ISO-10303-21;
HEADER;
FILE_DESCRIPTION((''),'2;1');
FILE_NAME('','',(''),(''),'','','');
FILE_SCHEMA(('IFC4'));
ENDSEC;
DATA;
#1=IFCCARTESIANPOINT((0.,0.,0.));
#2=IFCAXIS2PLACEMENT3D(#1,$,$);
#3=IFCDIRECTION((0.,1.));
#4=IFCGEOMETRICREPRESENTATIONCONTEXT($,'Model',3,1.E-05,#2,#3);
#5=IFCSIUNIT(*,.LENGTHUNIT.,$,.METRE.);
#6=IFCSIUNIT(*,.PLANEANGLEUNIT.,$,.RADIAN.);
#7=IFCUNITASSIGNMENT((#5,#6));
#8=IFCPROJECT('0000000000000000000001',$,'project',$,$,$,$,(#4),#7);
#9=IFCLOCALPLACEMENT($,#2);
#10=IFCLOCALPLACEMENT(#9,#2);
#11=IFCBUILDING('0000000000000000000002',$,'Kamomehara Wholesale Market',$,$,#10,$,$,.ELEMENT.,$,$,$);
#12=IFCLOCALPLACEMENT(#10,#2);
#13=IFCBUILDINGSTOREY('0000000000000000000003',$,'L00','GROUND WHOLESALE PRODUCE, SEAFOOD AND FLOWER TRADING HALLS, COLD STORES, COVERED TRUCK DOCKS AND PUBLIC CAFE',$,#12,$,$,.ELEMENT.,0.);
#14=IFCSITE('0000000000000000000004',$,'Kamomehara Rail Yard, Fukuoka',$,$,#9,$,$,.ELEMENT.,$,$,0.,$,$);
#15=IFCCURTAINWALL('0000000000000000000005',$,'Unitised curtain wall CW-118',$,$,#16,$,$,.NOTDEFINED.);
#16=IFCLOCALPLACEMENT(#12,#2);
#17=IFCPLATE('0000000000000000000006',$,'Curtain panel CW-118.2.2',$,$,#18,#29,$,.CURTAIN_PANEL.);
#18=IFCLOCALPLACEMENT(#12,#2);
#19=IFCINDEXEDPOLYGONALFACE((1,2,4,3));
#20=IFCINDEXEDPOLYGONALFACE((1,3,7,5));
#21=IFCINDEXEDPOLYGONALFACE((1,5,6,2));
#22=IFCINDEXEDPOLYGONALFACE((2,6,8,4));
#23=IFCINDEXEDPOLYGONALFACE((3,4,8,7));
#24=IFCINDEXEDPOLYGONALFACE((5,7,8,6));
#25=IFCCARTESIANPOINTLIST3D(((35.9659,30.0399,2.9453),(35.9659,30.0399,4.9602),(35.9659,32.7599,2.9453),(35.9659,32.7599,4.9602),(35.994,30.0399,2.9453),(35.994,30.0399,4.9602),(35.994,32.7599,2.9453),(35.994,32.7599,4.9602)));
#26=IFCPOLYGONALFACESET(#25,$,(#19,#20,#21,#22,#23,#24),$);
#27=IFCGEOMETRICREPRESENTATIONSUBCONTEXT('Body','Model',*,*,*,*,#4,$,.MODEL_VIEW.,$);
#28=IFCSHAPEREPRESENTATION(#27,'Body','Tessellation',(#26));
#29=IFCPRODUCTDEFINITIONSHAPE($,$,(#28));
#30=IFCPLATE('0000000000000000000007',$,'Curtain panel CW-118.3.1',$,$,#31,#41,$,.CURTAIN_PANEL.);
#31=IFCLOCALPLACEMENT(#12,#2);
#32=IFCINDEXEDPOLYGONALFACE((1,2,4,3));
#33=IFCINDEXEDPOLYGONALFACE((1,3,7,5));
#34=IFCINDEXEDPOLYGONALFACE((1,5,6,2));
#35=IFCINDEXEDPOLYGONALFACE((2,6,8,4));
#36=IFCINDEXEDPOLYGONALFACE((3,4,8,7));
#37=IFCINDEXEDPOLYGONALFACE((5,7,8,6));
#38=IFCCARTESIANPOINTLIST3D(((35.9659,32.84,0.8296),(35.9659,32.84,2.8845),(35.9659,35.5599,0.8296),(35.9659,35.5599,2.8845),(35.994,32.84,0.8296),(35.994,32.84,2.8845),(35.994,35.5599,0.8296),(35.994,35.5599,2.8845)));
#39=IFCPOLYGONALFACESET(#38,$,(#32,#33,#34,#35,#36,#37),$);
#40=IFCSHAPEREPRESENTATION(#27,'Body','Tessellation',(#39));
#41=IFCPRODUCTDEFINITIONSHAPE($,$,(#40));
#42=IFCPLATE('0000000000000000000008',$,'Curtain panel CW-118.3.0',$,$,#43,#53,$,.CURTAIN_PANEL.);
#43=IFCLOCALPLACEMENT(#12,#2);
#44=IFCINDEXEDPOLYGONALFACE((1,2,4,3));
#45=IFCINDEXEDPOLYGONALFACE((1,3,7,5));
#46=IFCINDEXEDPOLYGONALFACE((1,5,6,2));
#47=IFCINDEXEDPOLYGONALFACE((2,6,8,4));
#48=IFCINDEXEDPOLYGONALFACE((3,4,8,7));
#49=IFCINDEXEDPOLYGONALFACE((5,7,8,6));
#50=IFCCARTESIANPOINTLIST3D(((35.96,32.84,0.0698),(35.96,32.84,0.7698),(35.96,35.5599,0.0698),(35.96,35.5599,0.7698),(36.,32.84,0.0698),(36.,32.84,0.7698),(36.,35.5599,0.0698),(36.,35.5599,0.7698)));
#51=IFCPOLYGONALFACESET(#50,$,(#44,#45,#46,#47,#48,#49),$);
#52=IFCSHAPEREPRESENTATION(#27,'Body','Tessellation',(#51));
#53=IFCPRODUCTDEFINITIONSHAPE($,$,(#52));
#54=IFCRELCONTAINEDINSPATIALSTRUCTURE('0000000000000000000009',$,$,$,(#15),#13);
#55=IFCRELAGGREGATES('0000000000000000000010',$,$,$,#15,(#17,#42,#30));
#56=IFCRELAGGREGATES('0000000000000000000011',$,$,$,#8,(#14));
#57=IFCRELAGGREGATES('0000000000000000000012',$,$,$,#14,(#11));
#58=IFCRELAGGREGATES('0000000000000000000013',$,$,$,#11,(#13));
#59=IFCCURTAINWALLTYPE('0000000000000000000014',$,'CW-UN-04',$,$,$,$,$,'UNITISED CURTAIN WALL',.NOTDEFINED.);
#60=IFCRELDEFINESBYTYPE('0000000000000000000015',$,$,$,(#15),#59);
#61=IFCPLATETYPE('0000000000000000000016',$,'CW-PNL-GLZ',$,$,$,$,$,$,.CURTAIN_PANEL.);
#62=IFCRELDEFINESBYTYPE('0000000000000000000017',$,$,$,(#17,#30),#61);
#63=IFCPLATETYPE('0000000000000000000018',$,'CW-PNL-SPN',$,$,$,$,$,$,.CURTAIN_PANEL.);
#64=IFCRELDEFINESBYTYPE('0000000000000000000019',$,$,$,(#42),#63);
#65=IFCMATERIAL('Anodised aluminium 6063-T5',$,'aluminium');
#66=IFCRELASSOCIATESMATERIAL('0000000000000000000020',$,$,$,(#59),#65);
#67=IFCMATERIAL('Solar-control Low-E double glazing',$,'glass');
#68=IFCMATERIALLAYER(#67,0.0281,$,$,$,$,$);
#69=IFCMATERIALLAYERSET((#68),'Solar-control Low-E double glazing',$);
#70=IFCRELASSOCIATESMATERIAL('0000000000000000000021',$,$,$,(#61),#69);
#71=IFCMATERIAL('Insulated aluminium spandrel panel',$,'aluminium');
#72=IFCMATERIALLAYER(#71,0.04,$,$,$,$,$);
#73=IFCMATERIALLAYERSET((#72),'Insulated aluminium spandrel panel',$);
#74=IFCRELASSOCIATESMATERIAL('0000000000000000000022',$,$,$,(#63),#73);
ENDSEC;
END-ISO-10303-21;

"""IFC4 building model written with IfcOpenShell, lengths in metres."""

from ifc_helpers import new_model, si_unit, direction, frame, origin, origin_2d, place, context, subcontext, project, spatial, rectangle, extrude, material, layer, layer_set, type_object, element, aggregate, save


model = new_model("IFC4")

# Units and contexts
model_context = context("Model", 3, precision=1e-05, world=origin(), true_north=direction((0.0, 1.0)))
body_context = subcontext(model_context, "Body", "Model", "MODEL_VIEW")
ifc_project = project(units=[si_unit("LENGTHUNIT", "METRE"), si_unit("PLANEANGLEUNIT", "RADIAN")], contexts=[model_context])

# Site, building, storey
site_placement = place(None, origin())
site = spatial("IfcSite", under=ifc_project, at=site_placement, Name="Kamomehara Rail Yard, Fukuoka", CompositionType="ELEMENT", RefElevation=0.0)
building_placement = place(site_placement, origin())
building = spatial("IfcBuilding", under=site, at=building_placement, Name="Kamomehara Wholesale Market", CompositionType="ELEMENT")
storey_placement = place(building_placement, origin())
storey = spatial("IfcBuildingStorey", under=building, at=storey_placement, Name="L00", Description="GROUND WHOLESALE PRODUCE, SEAFOOD AND FLOWER TRADING HALLS, COLD STORES, COVERED TRUCK DOCKS AND PUBLIC CAFE", CompositionType="ELEMENT", Elevation=0.0)

# Curtain wall
ifc_material_1 = material(Name="Anodised aluminium 6063-T5", Category="aluminium")
curtain_wall_type = type_object("IfcCurtainWallType", Name="CW-UN-04", ElementType="UNITISED CURTAIN WALL", PredefinedType="NOTDEFINED", material=ifc_material_1)
curtain_wall_1_placement = place(storey_placement, origin())
curtain_wall_1 = element("IfcCurtainWall", 1, at=curtain_wall_1_placement, inside=storey, type_object=curtain_wall_type, Name="Unitised curtain wall CW-118", PredefinedType="NOTDEFINED")

# Plates
ifc_material_2 = material(Name="Solar-control Low-E double glazing", Category="glass")
ifc_layer_1 = layer(ifc_material_2, 0.0281)
ifc_layer_set_1 = layer_set([ifc_layer_1], Name="Solar-control Low-E double glazing")
plate_type_1 = type_object("IfcPlateType", Name="CW-PNL-GLZ", PredefinedType="CURTAIN_PANEL", material=ifc_layer_set_1)
plate_1_placement = place(storey_placement, frame((35.98, 31.3999, 2.9453), z_axis=(0.0, 0.0, 1.0), x_axis=(0.0, 1.0, 0.0)))
plate_1 = element("IfcPlate", 2, at=plate_1_placement, type_object=plate_type_1, Name="Curtain panel CW-118.2.2", PredefinedType="CURTAIN_PANEL", context=body_context, shape_type="SweptSolid", body=[
    extrude(rectangle(XDim=2.72, YDim=0.0281, at=origin_2d()), origin(), (0.0, 0.0, 1.0), 2.0149),
])
plate_2_placement = place(storey_placement, frame((35.98, 34.2, 0.8296), z_axis=(0.0, 0.0, 1.0), x_axis=(0.0, 1.0, 0.0)))
plate_2 = element("IfcPlate", 3, at=plate_2_placement, type_object=plate_type_1, Name="Curtain panel CW-118.3.1", PredefinedType="CURTAIN_PANEL", context=body_context, shape_type="SweptSolid", body=[
    extrude(rectangle(XDim=2.72, YDim=0.0281, at=origin_2d()), origin(), (0.0, 0.0, 1.0), 2.0549),
])
ifc_material_3 = material(Name="Insulated aluminium spandrel panel", Category="aluminium")
ifc_layer_2 = layer(ifc_material_3, 0.04)
ifc_layer_set_2 = layer_set([ifc_layer_2], Name="Insulated aluminium spandrel panel")
plate_type_2 = type_object("IfcPlateType", Name="CW-PNL-SPN", PredefinedType="CURTAIN_PANEL", material=ifc_layer_set_2)
plate_3_placement = place(storey_placement, frame((35.98, 34.2, 0.0698), z_axis=(0.0, 0.0, 1.0), x_axis=(0.0, 1.0, 0.0)))
plate_3 = element("IfcPlate", 4, at=plate_3_placement, type_object=plate_type_2, Name="Curtain panel CW-118.3.0", PredefinedType="CURTAIN_PANEL", context=body_context, shape_type="SweptSolid", body=[
    extrude(rectangle(XDim=2.72, YDim=0.04, at=origin_2d()), origin(), (0.0, 0.0, 1.0), 0.7),
])
aggregate(curtain_wall_1, [plate_1, plate_3, plate_2])

save(model, "model.ifc")
